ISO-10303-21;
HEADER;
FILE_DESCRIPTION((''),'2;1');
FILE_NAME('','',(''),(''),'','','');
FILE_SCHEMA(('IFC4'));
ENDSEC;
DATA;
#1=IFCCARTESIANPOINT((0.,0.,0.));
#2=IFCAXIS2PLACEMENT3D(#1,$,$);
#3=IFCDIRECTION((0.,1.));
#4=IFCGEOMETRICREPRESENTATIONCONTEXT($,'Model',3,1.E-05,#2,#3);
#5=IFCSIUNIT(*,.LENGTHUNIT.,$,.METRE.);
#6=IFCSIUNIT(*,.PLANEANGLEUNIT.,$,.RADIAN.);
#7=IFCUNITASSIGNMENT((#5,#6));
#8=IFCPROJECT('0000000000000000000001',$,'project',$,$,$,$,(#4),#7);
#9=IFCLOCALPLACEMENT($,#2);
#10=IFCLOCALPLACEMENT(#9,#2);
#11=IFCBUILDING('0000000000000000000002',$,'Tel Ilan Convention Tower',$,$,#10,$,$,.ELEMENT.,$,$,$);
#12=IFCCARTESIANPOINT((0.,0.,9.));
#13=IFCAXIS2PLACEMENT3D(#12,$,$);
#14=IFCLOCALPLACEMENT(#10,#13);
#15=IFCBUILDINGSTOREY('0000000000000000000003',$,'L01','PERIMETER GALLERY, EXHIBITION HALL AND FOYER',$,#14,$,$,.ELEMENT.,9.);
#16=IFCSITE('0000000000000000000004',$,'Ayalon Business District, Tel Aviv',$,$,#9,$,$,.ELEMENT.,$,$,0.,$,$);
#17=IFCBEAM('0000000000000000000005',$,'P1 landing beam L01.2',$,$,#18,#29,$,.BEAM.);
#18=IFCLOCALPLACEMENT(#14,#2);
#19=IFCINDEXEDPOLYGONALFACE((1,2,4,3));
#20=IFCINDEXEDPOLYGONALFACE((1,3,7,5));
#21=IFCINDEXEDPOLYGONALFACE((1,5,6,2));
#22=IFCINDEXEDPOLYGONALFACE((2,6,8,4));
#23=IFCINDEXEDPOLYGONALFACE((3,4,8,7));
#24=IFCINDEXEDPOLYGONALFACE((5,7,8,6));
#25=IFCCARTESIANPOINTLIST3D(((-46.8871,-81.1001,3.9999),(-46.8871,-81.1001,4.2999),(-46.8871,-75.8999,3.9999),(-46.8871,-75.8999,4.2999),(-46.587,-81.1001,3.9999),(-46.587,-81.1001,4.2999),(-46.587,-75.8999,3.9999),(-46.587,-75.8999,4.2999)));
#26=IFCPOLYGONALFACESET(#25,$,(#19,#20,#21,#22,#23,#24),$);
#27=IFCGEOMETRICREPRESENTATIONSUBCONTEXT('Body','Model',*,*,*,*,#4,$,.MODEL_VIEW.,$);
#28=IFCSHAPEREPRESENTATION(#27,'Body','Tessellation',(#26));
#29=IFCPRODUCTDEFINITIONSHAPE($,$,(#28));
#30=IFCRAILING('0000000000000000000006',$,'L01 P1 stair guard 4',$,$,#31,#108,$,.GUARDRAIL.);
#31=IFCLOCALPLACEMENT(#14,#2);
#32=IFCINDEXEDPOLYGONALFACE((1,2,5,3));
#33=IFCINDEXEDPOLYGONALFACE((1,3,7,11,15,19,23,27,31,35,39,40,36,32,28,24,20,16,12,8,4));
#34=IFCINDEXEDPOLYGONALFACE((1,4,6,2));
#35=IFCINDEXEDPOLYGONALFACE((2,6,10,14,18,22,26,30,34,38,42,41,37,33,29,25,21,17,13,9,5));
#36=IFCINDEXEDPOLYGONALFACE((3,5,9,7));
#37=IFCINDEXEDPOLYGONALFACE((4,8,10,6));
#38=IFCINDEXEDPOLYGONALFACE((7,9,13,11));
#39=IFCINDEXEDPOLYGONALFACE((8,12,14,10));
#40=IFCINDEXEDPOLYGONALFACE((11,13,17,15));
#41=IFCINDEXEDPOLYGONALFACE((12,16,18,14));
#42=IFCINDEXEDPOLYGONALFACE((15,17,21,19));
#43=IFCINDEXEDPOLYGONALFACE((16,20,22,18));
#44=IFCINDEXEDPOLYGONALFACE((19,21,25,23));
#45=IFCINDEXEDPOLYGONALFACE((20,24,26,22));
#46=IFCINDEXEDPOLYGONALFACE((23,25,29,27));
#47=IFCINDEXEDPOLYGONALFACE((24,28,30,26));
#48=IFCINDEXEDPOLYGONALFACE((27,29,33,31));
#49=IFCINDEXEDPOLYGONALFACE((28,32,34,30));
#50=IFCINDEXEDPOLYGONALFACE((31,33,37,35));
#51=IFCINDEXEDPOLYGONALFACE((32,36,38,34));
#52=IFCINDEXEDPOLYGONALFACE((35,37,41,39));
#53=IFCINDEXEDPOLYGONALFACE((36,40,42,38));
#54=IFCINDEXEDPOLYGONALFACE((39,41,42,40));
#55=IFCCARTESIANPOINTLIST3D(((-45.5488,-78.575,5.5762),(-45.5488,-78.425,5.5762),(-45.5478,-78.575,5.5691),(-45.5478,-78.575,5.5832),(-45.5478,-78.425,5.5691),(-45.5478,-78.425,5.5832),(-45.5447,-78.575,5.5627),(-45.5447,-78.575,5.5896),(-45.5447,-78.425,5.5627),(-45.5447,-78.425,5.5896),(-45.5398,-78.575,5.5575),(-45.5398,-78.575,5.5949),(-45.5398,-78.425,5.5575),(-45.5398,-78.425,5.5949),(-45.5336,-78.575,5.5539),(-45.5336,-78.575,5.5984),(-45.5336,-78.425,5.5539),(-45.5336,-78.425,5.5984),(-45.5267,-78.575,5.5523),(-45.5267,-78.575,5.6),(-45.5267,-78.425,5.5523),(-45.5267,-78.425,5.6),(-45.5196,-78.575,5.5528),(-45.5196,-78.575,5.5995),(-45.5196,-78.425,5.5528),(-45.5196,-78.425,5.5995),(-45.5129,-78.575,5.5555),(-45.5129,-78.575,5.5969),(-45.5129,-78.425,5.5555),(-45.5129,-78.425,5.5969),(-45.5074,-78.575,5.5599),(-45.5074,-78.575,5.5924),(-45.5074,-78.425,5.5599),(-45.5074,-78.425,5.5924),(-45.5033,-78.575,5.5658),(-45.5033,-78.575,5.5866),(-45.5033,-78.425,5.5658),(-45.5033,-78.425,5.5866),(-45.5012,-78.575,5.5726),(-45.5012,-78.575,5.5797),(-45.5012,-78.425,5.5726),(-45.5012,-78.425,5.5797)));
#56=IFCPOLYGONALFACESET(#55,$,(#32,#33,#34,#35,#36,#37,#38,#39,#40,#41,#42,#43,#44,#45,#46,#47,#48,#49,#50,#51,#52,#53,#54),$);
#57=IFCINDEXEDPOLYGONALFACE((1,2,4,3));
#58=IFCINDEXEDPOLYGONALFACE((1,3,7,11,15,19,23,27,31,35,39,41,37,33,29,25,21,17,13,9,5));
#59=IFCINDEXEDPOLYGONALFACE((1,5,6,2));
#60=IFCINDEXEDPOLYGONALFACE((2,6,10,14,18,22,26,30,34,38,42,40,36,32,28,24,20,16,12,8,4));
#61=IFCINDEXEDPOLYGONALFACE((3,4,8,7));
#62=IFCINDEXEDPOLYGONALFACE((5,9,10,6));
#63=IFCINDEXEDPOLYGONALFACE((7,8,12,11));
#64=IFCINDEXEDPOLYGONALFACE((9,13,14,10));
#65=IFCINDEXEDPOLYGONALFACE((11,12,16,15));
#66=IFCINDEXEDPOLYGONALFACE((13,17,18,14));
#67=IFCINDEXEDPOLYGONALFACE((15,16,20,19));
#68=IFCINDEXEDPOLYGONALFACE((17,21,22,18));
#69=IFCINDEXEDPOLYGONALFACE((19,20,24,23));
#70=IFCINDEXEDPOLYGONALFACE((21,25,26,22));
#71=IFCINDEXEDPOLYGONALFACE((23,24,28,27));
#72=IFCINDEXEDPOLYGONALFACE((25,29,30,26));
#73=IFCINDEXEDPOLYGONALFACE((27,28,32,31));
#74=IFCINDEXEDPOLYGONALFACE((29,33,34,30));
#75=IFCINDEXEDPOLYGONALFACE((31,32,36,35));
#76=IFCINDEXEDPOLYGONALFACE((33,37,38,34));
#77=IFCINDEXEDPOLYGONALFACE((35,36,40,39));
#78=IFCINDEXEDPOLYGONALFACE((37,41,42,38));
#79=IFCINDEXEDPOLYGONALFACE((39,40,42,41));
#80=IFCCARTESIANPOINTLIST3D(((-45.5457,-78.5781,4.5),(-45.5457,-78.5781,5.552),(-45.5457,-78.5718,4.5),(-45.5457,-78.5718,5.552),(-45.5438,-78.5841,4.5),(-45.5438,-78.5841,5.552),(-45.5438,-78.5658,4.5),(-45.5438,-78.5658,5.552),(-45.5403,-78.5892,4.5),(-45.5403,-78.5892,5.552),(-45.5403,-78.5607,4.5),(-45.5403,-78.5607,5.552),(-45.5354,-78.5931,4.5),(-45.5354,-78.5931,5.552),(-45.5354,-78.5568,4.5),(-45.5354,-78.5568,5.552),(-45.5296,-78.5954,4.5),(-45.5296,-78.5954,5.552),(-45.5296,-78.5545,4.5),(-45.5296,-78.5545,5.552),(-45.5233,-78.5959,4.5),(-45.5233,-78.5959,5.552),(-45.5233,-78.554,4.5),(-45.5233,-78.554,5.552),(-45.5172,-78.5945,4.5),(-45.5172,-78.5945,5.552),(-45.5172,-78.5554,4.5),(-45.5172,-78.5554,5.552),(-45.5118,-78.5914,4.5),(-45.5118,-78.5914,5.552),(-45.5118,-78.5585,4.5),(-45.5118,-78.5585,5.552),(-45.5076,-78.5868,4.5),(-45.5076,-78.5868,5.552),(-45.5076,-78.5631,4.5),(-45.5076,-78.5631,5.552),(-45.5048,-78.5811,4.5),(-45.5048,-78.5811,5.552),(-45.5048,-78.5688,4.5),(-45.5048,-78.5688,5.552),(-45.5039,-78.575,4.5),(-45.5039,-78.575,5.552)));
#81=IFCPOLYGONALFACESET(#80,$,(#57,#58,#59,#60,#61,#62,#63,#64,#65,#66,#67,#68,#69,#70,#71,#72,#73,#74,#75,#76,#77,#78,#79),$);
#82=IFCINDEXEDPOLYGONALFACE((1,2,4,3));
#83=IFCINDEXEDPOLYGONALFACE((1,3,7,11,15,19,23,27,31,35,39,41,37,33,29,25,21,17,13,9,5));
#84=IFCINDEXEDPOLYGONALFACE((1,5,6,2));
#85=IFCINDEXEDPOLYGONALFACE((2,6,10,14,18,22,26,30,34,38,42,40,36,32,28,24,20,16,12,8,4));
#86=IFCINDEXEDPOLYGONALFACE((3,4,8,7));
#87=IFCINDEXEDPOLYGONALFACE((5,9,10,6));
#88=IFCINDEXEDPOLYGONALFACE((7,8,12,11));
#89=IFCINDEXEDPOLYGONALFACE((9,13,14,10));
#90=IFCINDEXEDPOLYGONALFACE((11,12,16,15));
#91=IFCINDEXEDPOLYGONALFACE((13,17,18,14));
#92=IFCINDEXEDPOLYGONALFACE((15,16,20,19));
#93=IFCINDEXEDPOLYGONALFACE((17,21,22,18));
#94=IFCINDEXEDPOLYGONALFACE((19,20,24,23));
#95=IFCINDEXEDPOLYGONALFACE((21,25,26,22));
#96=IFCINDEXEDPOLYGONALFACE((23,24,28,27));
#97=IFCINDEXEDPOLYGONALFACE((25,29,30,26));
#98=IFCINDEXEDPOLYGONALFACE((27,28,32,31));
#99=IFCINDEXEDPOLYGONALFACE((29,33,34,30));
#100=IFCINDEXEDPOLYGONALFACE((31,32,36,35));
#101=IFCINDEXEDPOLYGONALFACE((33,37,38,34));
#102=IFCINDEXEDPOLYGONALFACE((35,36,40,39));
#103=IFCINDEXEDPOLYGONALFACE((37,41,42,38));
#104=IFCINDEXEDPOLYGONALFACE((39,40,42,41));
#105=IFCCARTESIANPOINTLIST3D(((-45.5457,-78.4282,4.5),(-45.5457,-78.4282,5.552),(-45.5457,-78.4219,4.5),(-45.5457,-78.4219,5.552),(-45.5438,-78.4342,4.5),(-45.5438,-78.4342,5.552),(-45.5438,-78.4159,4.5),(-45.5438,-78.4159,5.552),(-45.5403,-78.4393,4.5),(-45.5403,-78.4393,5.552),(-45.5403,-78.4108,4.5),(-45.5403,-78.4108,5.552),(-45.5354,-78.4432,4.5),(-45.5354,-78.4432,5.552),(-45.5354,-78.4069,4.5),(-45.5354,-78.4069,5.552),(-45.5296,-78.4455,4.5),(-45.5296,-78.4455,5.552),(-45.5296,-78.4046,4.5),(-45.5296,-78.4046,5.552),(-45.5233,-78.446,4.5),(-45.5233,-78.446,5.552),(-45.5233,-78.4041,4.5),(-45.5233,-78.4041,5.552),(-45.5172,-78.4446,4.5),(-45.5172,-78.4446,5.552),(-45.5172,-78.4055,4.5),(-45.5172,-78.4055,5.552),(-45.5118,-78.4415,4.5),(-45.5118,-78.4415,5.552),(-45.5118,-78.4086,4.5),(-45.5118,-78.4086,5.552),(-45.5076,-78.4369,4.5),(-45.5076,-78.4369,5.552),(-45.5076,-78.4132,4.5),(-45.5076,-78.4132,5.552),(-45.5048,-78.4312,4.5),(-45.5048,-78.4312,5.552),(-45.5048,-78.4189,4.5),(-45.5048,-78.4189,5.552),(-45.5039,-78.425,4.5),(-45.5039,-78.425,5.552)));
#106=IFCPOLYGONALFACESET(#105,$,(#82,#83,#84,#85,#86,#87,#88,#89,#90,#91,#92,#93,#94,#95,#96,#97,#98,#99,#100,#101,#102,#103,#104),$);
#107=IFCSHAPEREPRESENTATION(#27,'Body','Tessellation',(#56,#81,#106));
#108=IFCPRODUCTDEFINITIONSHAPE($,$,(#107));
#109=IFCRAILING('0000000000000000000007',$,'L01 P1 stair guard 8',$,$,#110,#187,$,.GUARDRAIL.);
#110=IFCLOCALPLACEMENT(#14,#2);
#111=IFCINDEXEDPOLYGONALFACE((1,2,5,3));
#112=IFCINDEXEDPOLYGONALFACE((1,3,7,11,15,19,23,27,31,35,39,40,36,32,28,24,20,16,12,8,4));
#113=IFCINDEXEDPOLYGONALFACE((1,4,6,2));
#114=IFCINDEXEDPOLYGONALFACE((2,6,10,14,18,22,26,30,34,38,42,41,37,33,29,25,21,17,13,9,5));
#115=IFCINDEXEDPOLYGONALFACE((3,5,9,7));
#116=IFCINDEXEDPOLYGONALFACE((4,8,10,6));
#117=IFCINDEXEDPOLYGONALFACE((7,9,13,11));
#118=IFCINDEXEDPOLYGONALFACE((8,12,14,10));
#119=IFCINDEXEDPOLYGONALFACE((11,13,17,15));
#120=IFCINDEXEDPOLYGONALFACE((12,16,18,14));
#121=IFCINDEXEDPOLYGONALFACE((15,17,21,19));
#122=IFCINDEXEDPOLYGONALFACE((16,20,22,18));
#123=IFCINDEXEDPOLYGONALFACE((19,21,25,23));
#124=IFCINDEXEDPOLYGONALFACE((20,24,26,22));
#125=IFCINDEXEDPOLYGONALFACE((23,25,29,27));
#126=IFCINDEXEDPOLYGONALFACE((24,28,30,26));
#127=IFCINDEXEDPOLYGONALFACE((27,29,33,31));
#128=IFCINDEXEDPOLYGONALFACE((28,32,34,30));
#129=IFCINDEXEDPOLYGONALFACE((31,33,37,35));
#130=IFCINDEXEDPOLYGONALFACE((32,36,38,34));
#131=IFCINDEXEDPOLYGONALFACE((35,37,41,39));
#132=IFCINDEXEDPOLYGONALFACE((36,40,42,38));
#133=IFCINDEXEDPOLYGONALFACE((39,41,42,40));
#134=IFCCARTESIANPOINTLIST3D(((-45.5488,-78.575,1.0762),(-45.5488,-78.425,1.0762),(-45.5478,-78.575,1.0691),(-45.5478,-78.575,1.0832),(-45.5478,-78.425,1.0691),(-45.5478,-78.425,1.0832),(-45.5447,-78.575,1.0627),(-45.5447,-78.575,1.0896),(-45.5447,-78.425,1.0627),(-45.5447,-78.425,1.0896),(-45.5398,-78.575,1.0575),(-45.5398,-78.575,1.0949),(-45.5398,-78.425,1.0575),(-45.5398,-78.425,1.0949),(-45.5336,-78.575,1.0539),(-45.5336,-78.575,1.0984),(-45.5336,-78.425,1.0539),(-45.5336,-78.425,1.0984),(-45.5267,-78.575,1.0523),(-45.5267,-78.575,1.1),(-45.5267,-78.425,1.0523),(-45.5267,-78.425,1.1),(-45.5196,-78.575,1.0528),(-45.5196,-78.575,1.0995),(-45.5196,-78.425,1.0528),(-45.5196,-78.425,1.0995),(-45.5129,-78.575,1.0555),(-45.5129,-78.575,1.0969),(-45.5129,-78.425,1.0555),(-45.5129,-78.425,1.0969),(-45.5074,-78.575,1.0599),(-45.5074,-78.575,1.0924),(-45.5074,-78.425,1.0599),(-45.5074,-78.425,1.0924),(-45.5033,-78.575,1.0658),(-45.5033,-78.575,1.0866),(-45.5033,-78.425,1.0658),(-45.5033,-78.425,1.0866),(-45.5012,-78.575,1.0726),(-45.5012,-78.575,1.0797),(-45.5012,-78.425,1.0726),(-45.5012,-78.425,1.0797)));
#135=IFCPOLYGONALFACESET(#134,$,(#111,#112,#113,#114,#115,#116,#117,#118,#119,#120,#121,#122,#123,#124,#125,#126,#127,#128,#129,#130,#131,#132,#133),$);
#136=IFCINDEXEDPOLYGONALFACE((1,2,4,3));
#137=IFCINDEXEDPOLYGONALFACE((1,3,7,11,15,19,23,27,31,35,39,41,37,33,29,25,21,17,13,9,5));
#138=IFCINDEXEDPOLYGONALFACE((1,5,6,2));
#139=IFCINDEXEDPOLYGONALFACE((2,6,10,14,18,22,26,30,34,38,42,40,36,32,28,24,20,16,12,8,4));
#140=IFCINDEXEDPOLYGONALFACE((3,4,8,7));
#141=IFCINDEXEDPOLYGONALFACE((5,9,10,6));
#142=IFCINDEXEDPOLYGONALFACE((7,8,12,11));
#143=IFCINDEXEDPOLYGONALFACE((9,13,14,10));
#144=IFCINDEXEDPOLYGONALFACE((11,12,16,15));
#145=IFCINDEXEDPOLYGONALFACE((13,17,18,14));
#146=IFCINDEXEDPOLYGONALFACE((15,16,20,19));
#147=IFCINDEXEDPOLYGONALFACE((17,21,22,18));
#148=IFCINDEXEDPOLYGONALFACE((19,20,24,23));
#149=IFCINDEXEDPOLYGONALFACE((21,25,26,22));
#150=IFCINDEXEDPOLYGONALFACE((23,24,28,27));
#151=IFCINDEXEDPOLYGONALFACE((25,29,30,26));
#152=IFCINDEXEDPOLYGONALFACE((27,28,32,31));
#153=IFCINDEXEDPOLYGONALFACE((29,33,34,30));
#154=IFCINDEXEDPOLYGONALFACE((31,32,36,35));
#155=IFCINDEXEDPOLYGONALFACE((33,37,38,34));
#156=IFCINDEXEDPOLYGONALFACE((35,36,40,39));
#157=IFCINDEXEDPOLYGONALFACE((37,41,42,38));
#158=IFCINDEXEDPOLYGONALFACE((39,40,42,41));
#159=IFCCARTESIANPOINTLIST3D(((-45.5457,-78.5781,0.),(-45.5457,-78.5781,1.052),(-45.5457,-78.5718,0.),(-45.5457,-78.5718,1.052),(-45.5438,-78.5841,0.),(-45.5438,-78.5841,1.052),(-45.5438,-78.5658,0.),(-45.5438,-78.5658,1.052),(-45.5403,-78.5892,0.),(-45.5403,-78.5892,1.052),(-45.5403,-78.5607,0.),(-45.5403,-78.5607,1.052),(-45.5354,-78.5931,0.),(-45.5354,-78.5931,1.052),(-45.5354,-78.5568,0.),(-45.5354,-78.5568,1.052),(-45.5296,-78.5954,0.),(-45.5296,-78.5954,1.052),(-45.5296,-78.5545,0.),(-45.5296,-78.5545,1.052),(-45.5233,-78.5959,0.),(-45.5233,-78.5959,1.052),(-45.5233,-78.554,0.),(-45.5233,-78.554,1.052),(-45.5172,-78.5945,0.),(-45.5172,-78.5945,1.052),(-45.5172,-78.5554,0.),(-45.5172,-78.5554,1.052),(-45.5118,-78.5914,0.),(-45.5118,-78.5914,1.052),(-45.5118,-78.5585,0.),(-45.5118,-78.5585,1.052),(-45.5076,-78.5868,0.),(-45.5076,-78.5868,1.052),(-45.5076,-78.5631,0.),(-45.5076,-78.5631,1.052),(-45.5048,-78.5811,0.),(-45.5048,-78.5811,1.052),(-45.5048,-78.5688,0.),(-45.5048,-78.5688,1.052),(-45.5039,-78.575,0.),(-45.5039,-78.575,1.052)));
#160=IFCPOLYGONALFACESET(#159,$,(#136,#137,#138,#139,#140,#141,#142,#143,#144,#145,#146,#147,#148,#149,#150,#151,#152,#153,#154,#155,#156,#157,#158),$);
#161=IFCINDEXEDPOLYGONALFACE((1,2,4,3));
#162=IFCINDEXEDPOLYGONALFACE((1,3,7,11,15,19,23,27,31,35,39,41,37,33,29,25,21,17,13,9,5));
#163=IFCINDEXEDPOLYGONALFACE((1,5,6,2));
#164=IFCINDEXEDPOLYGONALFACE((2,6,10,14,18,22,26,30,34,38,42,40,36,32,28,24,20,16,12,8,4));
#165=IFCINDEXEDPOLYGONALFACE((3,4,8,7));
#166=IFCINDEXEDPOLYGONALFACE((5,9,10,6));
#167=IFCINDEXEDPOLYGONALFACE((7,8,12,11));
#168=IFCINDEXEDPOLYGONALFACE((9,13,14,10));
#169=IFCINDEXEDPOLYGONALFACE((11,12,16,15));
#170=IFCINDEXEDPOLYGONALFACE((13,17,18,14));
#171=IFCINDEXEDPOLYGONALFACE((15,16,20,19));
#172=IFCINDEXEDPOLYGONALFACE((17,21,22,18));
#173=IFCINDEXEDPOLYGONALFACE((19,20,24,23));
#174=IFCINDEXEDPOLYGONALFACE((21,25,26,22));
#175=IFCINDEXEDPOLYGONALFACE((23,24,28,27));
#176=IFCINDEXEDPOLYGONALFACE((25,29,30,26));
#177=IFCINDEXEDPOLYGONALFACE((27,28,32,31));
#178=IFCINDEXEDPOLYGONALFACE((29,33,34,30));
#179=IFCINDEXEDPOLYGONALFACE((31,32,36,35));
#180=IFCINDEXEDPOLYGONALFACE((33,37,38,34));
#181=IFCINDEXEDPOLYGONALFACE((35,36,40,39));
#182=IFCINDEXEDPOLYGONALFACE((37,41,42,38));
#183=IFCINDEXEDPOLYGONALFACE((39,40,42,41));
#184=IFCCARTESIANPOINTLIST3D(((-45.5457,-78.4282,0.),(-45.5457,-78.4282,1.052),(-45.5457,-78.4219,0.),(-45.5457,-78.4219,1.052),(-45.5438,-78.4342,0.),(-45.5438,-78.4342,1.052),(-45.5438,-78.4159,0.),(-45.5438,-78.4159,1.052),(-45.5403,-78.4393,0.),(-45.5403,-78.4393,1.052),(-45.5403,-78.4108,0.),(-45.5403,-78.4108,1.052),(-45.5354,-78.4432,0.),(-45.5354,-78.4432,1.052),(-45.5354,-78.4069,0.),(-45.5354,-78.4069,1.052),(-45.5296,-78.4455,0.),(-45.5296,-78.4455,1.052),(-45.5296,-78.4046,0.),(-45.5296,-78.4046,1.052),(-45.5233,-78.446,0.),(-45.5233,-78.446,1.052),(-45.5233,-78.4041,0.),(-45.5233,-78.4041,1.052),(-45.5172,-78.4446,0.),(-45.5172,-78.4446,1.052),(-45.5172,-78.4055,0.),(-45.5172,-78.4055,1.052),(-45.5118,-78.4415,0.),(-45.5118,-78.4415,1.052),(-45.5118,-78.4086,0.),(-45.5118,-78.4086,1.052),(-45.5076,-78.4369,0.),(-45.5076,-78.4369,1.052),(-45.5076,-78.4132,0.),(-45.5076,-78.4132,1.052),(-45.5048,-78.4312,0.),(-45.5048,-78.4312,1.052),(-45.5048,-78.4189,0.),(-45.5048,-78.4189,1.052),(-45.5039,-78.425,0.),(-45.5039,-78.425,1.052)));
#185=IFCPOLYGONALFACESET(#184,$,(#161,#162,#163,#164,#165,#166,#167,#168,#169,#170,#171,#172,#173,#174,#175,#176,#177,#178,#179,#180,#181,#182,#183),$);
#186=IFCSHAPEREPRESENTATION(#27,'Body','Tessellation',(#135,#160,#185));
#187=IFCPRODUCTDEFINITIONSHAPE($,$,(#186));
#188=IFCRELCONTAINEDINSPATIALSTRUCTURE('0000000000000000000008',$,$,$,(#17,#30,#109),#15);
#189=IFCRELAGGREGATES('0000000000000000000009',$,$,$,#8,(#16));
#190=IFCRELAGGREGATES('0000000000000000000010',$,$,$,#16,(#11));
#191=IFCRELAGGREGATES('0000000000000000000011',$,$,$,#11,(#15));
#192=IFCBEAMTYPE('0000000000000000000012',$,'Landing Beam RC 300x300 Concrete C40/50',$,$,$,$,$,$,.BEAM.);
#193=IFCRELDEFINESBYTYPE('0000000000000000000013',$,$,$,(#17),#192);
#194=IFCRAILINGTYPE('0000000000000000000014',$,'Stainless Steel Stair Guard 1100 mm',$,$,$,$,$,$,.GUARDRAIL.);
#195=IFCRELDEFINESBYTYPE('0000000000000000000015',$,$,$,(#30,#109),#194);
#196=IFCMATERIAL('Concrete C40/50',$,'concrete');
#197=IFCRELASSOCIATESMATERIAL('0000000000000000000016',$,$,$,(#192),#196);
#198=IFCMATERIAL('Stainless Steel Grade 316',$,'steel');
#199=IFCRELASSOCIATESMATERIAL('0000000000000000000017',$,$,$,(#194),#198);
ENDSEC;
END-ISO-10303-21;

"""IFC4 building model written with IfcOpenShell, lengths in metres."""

from ifc_helpers import new_model, si_unit, direction, frame, origin, origin_2d, place, context, subcontext, project, spatial, rectangle, circle, extrude, material, material_profile, profile_set, type_object, element, save


model = new_model("IFC4")

# Units and contexts
model_context = context("Model", 3, precision=1e-05, world=origin(), true_north=direction((0.0, 1.0)))
body_context = subcontext(model_context, "Body", "Model", "MODEL_VIEW")
ifc_project = project(units=[si_unit("LENGTHUNIT", "METRE"), si_unit("PLANEANGLEUNIT", "RADIAN")], contexts=[model_context])

# Site, building, storey
site_placement = place(None, origin())
site = spatial("IfcSite", under=ifc_project, at=site_placement, Name="Ayalon Business District, Tel Aviv", CompositionType="ELEMENT", RefElevation=0.0)
building_placement = place(site_placement, origin())
building = spatial("IfcBuilding", under=site, at=building_placement, Name="Tel Ilan Convention Tower", CompositionType="ELEMENT")
storey_placement = place(building_placement, frame((0.0, 0.0, 9.0)))
storey = spatial("IfcBuildingStorey", under=building, at=storey_placement, Name="L01", Description="PERIMETER GALLERY, EXHIBITION HALL AND FOYER", CompositionType="ELEMENT", Elevation=9.0)

# Beam
ifc_material_1 = material(Name="Concrete C40/50", Category="concrete")
ifc_material_profile = material_profile(ifc_material_1, rectangle(XDim=0.3, YDim=0.3, at=origin_2d()), Name="RC 300x300")
ifc_profile_set = profile_set([ifc_material_profile], Name="Concrete C40/50")
beam_type = type_object("IfcBeamType", Name="Landing Beam RC 300x300 Concrete C40/50", PredefinedType="BEAM", material=ifc_profile_set)
beam_placement = place(storey_placement, frame((-46.7371, -81.1001, 4.1499), z_axis=(0.0, 1.0, 0.0), x_axis=(-1.0, 0.0, 0.0)))
element("IfcBeam", 1, at=beam_placement, inside=storey, type_object=beam_type, Name="P1 landing beam L01.2", PredefinedType="BEAM", context=body_context, shape_type="SweptSolid", body=[
    extrude(rectangle(XDim=0.3, YDim=0.3, at=origin_2d()), origin(), (0.0, 0.0, 1.0), 5.2002),
])

# Railings
ifc_material_2 = material(Name="Stainless Steel Grade 316", Category="steel")
railing_type_1 = type_object("IfcRailingType", Name="Stainless Steel Stair Guard 1100 mm", PredefinedType="GUARDRAIL", material=ifc_material_2)
for number, where, name in (
    (2, (-45.5249, -78.575, 4.5), "L01 P1 stair guard 4"),
    (3, (-45.5249, -78.575, 0.0), "L01 P1 stair guard 8"),
):
    element("IfcRailing", number, at=place(storey_placement, frame(where)), inside=storey, type_object=railing_type_1, Name=name, PredefinedType="GUARDRAIL", context=body_context, shape_type="SweptSolid", body=[
        extrude(circle(Radius=0.0239, at=origin_2d()), frame((0.0, 0.0, 1.0762), z_axis=(0.0, 1.0, 0.0), x_axis=(-1.0, 0.0, 0.0)), (0.0, 0.0, 1.0), 0.1499),
        extrude(circle(Radius=0.021, at=origin_2d()), origin(), (0.0, 0.0, 1.0), 1.052),
        extrude(circle(Radius=0.021, at=origin_2d()), frame((0.0, 0.1499, 0.0)), (0.0, 0.0, 1.0), 1.052),
    ])

save(model, "model.ifc")
